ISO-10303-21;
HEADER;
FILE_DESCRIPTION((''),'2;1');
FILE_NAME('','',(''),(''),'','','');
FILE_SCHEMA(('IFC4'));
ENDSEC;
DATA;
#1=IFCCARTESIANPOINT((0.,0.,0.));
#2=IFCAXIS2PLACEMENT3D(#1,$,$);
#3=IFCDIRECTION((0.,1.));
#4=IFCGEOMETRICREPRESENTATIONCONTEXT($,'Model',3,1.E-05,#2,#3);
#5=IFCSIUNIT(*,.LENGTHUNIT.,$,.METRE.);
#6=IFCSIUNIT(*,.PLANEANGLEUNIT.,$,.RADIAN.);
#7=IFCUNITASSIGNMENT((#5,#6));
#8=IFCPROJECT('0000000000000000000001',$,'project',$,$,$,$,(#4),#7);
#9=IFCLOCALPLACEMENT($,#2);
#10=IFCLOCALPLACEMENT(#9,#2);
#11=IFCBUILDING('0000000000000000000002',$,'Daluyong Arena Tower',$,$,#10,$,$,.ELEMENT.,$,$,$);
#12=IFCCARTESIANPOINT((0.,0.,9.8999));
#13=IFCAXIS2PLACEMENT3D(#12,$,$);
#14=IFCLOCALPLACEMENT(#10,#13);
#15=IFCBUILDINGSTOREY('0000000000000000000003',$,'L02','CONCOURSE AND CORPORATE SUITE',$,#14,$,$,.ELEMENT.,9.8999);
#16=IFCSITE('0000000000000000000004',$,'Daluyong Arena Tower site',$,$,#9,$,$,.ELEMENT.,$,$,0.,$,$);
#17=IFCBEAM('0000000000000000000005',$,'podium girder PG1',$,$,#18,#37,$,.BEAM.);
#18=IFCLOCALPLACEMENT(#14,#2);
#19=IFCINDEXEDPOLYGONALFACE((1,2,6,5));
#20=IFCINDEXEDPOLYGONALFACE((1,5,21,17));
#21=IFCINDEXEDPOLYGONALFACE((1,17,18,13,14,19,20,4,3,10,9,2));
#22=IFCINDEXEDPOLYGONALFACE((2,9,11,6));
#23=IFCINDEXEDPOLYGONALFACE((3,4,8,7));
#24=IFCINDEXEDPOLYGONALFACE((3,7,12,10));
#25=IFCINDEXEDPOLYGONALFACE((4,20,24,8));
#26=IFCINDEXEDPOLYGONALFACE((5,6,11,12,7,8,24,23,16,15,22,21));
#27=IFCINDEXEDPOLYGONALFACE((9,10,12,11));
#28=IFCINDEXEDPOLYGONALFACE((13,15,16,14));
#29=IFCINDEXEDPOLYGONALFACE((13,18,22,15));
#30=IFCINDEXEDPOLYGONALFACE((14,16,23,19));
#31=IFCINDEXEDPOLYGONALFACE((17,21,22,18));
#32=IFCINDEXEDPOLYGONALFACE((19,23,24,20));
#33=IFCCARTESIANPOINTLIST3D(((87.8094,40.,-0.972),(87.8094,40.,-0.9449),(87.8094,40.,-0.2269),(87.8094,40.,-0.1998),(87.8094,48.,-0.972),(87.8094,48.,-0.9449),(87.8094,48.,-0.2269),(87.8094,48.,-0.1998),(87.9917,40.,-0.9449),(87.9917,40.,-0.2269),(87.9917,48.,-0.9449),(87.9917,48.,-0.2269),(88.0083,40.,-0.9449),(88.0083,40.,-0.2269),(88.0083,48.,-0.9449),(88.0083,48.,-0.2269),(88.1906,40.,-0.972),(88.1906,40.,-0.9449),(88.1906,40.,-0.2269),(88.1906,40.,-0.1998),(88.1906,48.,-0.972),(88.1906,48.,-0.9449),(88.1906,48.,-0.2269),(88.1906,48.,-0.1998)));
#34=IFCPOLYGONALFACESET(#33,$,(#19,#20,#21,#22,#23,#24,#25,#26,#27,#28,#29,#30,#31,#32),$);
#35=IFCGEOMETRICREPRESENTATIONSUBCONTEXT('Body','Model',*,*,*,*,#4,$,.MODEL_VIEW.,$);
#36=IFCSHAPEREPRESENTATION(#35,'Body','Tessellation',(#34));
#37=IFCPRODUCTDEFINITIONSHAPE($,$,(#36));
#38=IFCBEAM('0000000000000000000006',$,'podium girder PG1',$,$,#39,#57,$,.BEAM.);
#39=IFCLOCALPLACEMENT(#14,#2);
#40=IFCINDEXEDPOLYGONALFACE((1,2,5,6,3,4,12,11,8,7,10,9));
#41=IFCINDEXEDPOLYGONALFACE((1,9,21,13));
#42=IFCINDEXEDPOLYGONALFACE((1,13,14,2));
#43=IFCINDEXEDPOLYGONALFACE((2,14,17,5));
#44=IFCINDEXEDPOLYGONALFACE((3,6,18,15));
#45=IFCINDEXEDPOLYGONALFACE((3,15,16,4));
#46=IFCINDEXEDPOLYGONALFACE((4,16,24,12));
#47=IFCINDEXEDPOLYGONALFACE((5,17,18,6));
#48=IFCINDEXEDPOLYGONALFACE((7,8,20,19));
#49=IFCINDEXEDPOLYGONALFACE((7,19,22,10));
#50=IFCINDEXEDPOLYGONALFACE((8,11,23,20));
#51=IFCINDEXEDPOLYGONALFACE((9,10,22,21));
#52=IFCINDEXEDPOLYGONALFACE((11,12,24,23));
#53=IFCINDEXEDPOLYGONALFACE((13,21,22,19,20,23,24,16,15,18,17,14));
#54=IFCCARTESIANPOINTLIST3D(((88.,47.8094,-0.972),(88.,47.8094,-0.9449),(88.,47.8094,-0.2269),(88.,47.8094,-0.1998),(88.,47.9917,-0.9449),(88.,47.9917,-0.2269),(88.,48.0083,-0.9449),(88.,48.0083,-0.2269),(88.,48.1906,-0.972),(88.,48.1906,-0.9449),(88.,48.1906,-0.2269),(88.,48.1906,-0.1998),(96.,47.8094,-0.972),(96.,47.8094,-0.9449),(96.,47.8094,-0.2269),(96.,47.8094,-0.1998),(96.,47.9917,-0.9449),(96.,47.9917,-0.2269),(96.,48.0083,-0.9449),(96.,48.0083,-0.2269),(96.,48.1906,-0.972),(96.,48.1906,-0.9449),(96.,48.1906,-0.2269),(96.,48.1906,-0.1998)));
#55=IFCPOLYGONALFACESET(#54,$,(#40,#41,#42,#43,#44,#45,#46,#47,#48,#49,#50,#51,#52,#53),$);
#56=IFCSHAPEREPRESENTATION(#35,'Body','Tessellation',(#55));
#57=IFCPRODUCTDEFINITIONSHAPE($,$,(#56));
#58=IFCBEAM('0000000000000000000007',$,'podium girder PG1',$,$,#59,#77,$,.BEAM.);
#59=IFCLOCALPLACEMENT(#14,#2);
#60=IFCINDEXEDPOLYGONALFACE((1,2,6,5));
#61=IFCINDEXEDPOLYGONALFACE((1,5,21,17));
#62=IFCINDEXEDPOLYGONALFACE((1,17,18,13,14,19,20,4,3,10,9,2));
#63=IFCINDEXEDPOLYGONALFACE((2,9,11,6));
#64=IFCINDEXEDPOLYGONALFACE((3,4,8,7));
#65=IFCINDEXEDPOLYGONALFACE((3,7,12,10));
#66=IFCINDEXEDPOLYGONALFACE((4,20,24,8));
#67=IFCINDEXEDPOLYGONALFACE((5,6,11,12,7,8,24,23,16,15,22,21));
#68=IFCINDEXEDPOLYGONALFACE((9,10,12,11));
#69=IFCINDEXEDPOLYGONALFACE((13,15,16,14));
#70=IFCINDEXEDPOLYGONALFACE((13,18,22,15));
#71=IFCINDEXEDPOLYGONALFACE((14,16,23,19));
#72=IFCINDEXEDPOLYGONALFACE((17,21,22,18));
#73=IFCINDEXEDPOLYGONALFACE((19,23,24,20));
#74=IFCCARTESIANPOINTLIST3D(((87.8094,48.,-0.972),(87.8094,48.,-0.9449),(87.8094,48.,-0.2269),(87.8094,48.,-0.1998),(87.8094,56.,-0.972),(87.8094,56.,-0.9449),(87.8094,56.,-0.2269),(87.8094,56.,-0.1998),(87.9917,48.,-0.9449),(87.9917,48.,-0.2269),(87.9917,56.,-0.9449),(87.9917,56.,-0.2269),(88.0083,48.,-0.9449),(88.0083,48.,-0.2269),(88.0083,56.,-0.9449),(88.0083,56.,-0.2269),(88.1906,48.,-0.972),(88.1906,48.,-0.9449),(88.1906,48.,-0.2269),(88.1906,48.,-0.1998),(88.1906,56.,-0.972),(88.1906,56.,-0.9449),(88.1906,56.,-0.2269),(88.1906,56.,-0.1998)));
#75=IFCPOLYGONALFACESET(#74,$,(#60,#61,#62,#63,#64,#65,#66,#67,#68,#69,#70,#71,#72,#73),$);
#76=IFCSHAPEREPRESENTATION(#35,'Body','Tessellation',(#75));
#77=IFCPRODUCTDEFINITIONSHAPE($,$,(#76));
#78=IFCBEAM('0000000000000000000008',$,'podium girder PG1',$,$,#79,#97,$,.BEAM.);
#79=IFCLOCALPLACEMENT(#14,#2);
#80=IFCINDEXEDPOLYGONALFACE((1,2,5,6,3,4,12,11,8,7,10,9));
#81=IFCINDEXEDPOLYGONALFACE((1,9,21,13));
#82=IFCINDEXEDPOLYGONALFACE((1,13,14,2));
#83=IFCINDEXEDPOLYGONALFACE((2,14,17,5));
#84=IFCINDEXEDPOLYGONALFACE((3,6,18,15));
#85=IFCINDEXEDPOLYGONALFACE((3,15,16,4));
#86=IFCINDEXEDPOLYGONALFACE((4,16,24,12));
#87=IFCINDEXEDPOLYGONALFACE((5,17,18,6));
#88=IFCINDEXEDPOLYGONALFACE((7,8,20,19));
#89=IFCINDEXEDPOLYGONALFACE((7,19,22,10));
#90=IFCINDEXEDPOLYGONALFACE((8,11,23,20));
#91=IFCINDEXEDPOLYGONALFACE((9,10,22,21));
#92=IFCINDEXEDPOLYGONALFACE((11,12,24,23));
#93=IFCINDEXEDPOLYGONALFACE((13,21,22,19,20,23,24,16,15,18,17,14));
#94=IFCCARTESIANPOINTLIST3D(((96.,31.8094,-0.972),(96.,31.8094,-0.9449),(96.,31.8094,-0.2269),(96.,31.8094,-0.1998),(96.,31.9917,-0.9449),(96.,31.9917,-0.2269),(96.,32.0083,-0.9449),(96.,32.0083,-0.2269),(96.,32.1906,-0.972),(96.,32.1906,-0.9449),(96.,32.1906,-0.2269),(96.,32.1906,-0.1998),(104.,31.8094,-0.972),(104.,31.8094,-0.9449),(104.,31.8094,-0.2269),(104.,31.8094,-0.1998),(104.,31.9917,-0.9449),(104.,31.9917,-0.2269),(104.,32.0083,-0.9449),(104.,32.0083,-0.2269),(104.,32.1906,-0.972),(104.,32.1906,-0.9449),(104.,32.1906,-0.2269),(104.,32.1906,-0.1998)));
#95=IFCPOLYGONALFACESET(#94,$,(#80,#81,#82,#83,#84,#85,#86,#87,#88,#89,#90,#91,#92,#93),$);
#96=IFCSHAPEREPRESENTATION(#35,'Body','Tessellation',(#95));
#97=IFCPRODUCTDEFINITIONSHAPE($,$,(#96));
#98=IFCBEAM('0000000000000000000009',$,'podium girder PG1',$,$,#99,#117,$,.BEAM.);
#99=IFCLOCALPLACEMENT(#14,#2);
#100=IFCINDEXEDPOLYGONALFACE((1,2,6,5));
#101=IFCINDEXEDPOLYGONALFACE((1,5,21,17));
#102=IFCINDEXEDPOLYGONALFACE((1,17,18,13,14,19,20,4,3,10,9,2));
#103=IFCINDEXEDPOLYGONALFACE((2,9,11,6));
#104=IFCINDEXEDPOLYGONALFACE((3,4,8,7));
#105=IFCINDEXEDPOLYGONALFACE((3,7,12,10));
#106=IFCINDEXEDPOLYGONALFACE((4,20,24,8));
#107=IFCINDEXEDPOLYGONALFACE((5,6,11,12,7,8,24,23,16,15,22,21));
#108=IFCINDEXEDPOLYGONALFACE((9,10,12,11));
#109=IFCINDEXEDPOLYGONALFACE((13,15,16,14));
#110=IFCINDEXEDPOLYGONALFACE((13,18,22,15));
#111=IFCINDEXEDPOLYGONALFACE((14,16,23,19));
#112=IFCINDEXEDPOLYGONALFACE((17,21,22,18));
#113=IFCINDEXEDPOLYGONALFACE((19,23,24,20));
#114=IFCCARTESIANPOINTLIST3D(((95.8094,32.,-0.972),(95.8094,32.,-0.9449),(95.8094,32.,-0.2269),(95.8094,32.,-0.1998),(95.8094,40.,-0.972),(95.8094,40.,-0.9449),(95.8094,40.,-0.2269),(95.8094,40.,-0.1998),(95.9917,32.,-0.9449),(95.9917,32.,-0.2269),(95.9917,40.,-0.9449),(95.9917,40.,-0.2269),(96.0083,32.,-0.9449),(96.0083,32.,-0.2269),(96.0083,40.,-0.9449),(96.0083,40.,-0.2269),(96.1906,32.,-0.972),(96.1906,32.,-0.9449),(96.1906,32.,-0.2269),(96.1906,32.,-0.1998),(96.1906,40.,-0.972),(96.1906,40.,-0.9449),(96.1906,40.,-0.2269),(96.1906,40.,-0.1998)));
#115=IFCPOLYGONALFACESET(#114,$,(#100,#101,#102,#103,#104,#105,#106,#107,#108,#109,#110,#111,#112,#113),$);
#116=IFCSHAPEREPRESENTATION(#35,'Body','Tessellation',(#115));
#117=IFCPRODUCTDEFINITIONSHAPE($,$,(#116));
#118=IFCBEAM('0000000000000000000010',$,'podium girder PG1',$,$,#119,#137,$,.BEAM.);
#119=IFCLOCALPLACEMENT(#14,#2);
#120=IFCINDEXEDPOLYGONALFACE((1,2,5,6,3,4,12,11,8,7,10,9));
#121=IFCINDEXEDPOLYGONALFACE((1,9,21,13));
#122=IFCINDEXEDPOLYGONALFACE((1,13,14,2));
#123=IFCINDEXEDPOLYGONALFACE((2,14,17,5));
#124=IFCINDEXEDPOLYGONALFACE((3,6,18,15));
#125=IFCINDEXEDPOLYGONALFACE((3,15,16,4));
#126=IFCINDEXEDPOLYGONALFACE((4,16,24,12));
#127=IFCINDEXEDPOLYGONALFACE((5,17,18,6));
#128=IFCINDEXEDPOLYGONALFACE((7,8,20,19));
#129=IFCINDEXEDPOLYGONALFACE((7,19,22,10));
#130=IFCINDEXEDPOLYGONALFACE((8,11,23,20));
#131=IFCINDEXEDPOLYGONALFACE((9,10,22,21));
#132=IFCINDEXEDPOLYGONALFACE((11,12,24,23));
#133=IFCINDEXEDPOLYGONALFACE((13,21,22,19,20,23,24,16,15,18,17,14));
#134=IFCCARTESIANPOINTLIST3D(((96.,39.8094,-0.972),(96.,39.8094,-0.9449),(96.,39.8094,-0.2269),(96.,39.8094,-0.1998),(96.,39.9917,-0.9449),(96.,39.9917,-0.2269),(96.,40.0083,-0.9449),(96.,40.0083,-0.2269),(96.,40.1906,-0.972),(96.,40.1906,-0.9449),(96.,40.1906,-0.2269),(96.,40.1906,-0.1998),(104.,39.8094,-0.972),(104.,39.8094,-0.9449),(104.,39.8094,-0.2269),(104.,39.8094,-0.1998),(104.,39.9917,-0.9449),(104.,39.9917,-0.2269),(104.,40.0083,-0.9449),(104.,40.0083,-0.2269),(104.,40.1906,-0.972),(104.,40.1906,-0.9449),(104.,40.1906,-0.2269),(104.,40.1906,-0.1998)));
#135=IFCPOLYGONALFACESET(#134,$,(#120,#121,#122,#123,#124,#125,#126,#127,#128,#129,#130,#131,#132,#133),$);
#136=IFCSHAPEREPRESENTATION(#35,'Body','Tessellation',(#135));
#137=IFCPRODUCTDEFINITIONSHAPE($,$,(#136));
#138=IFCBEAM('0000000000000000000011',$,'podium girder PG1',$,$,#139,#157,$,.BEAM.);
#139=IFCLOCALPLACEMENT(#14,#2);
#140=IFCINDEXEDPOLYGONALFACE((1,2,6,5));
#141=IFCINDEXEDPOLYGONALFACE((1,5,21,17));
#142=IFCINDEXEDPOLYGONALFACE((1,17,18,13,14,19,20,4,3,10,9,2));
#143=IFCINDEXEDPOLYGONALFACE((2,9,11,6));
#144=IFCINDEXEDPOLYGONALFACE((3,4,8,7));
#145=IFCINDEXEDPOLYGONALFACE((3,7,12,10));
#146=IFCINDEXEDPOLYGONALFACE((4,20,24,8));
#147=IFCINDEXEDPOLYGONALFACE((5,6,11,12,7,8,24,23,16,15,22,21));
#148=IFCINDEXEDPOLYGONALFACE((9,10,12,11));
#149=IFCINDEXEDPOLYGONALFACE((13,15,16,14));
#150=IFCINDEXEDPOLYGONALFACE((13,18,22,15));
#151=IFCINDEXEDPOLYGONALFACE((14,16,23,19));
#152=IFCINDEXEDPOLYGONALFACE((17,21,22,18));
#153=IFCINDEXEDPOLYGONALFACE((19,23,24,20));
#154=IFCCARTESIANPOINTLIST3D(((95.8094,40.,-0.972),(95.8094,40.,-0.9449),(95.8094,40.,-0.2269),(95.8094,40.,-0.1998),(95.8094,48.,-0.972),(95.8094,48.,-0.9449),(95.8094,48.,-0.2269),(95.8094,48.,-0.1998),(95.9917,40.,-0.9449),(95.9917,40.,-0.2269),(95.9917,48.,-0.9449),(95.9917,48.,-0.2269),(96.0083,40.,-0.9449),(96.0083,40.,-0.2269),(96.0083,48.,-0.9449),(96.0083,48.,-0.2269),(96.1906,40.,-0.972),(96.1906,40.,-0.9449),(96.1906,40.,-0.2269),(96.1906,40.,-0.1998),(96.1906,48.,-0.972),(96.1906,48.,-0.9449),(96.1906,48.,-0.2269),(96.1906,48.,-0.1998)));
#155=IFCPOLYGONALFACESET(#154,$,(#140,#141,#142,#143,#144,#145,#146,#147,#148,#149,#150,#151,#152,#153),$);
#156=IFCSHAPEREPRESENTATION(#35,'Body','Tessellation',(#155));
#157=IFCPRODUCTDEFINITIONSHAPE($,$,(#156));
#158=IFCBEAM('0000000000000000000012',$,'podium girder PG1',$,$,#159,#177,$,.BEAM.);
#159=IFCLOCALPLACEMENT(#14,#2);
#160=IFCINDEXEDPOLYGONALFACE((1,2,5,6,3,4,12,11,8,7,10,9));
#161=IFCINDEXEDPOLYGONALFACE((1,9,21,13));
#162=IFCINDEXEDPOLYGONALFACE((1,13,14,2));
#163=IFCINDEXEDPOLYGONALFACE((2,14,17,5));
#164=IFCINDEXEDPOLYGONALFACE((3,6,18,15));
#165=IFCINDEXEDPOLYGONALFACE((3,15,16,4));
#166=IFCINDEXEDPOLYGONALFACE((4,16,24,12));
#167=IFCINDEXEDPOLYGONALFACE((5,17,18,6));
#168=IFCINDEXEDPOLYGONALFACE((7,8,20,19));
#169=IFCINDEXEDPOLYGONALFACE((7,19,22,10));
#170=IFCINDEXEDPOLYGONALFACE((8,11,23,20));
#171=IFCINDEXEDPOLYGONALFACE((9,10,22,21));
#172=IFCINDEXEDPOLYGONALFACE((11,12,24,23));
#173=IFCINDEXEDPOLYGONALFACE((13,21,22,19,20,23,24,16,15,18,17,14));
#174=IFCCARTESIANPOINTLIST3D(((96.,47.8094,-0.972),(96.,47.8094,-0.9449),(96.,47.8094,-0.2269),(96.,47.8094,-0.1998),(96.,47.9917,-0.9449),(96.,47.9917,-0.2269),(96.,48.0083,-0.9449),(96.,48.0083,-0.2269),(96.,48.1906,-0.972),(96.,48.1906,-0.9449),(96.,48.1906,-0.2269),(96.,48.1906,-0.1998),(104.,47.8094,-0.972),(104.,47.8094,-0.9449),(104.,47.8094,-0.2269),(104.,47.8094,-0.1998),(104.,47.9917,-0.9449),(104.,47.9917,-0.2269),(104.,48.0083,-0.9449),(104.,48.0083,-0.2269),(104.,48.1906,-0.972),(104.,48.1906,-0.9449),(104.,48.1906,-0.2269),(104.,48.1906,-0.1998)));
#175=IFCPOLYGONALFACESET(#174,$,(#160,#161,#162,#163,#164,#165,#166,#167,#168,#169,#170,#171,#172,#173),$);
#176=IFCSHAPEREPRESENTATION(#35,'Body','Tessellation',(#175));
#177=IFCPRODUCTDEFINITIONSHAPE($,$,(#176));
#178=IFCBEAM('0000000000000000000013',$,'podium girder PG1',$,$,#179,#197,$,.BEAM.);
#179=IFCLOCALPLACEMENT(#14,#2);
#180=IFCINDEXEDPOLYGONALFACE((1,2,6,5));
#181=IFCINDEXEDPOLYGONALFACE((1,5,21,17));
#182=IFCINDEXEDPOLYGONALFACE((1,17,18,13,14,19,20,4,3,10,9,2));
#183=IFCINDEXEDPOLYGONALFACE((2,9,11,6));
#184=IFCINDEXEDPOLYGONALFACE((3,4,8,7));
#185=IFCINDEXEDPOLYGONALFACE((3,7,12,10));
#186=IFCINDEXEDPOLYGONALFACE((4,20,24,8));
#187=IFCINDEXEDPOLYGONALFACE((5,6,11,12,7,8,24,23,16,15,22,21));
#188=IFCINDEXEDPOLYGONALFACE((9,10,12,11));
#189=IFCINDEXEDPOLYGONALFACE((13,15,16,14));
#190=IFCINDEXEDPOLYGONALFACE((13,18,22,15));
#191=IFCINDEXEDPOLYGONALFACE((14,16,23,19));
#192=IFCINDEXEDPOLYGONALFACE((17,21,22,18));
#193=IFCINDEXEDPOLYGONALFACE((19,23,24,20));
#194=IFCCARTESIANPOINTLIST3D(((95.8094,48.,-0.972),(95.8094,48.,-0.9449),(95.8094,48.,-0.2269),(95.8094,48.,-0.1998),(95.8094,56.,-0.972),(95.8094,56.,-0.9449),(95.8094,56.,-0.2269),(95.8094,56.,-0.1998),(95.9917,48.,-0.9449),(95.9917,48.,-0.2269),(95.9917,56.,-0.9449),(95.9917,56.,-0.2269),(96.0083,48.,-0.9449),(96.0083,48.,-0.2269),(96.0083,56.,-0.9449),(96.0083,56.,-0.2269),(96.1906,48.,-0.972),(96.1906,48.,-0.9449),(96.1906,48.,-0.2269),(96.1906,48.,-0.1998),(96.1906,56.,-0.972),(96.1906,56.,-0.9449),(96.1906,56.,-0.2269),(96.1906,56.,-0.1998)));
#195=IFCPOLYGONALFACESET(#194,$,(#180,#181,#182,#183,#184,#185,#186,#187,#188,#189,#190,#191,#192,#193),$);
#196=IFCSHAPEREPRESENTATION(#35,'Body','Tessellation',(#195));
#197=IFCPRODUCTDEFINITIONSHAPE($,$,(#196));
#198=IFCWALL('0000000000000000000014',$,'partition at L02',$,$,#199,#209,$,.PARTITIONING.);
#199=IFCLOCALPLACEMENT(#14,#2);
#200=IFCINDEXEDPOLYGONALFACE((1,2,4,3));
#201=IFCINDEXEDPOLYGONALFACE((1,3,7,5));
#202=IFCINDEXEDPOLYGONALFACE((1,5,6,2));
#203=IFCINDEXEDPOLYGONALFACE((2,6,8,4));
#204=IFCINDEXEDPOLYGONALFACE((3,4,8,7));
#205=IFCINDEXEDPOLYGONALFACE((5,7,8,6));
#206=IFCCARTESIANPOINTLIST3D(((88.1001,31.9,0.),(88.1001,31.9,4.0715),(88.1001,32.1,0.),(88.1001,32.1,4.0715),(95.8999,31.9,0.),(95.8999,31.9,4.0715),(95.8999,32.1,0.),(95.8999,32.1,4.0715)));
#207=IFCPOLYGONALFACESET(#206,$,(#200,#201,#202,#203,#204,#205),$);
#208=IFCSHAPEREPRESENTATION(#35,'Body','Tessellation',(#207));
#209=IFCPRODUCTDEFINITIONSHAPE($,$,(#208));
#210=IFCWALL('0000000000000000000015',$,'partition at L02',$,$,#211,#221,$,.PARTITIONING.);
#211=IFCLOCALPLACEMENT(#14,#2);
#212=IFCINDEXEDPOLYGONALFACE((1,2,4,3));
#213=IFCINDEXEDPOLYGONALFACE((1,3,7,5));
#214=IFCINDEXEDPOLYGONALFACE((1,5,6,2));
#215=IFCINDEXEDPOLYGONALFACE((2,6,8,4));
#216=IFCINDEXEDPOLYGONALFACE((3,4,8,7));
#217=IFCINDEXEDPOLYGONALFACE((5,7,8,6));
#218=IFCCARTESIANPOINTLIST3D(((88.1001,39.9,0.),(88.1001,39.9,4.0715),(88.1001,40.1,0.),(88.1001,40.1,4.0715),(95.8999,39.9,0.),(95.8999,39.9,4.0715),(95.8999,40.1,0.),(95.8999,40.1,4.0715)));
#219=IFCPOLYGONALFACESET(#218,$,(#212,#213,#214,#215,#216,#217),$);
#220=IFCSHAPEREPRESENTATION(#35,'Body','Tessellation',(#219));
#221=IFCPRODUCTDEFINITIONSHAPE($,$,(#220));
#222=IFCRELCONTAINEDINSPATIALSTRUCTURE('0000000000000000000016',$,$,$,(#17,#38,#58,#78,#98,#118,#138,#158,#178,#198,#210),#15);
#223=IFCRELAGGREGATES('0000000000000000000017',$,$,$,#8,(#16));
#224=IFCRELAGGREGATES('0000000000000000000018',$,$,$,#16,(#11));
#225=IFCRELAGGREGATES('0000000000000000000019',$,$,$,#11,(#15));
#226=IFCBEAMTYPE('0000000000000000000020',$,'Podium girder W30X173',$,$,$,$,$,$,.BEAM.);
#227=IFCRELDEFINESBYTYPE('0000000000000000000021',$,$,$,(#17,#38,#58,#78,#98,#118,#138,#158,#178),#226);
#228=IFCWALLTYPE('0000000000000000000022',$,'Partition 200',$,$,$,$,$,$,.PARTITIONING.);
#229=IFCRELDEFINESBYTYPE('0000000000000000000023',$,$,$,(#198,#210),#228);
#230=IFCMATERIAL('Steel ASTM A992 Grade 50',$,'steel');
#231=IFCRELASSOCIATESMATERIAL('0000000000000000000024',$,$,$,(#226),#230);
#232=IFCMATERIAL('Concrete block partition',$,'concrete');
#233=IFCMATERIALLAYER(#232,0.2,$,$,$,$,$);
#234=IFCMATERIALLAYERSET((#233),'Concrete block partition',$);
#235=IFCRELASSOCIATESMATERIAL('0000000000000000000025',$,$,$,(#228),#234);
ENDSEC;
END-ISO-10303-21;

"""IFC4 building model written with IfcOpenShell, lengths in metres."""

from ifc_helpers import new_model, si_unit, direction, frame, frame_2d, origin, origin_2d, place, context, subcontext, project, spatial, rectangle, i_section, extrude, material, layer, layer_set, material_profile, profile_set, type_object, element, save


model = new_model("IFC4")

# Units and contexts
model_context = context("Model", 3, precision=1e-05, world=origin(), true_north=direction((0.0, 1.0)))
body_context = subcontext(model_context, "Body", "Model", "MODEL_VIEW")
ifc_project = project(units=[si_unit("LENGTHUNIT", "METRE"), si_unit("PLANEANGLEUNIT", "RADIAN")], contexts=[model_context])

# Site, building, storey
site_placement = place(None, origin())
site = spatial("IfcSite", under=ifc_project, at=site_placement, Name="Daluyong Arena Tower site", CompositionType="ELEMENT", RefElevation=0.0)
building_placement = place(site_placement, origin())
building = spatial("IfcBuilding", under=site, at=building_placement, Name="Daluyong Arena Tower", CompositionType="ELEMENT")
storey_placement = place(building_placement, frame((0.0, 0.0, 9.8999)))
storey = spatial("IfcBuildingStorey", under=building, at=storey_placement, Name="L02", Description="CONCOURSE AND CORPORATE SUITE", CompositionType="ELEMENT", Elevation=9.8999)

# Beams
ifc_material_1 = material(Name="Steel ASTM A992 Grade 50", Category="steel")
ifc_material_profile_1 = material_profile(ifc_material_1, i_section(OverallWidth=0.3811, OverallDepth=0.7722, WebThickness=0.0166, FlangeThickness=0.0271, at=origin_2d()))
ifc_profile_set_1 = profile_set([ifc_material_profile_1], Name="Steel ASTM A992 Grade 50")
beam_type_1 = type_object("IfcBeamType", Name="Podium girder W30X173", PredefinedType="BEAM", material=ifc_profile_set_1)
for number, where, z_axis, x_axis, name in (
    (1, (88.0, 40.0, -0.5859), (0.0, 1.0, 0.0), (-1.0, 0.0, 0.0), "podium girder PG1"),
    (2, (88.0, 48.0, -0.5859), (1.0, 0.0, 0.0), (0.0, 1.0, 0.0), "podium girder PG1"),
    (3, (88.0, 48.0, -0.5859), (0.0, 1.0, 0.0), (-1.0, 0.0, 0.0), "podium girder PG1"),
    (4, (96.0, 32.0, -0.5859), (1.0, 0.0, 0.0), (0.0, 1.0, 0.0), "podium girder PG1"),
    (5, (96.0, 32.0, -0.5859), (0.0, 1.0, 0.0), (-1.0, 0.0, 0.0), "podium girder PG1"),
    (6, (96.0, 40.0, -0.5859), (1.0, 0.0, 0.0), (0.0, 1.0, 0.0), "podium girder PG1"),
    (7, (96.0, 40.0, -0.5859), (0.0, 1.0, 0.0), (-1.0, 0.0, 0.0), "podium girder PG1"),
    (8, (96.0, 48.0, -0.5859), (1.0, 0.0, 0.0), (0.0, 1.0, 0.0), "podium girder PG1"),
    (9, (96.0, 48.0, -0.5859), (0.0, 1.0, 0.0), (-1.0, 0.0, 0.0), "podium girder PG1"),
):
    element("IfcBeam", number, at=place(storey_placement, frame(where, z_axis=z_axis, x_axis=x_axis)), inside=storey, type_object=beam_type_1, Name=name, PredefinedType="BEAM", context=body_context, shape_type="SweptSolid", body=[
        extrude(i_section(OverallWidth=0.3811, OverallDepth=0.7722, WebThickness=0.0166, FlangeThickness=0.0271, at=origin_2d()), origin(), (0.0, 0.0, 1.0), 8.0),
    ])

# Walls
ifc_material_2 = material(Name="Concrete block partition", Category="concrete")
ifc_layer = layer(ifc_material_2, 0.2)
ifc_layer_set = layer_set([ifc_layer], Name="Concrete block partition")
wall_type = type_object("IfcWallType", Name="Partition 200", PredefinedType="PARTITIONING", material=ifc_layer_set)
for number, where, z_axis, x_axis, name in (
    (10, (88.1001, 32.0, 0.0), (0.0, 0.0, 1.0), (1.0, 0.0, 0.0), "partition at L02"),
    (11, (88.1001, 40.0, 0.0), (0.0, 0.0, 1.0), (1.0, 0.0, 0.0), "partition at L02"),
):
    element("IfcWall", number, at=place(storey_placement, frame(where, z_axis=z_axis, x_axis=x_axis)), inside=storey, type_object=wall_type, Name=name, PredefinedType="PARTITIONING", context=body_context, shape_type="SweptSolid", body=[
        extrude(rectangle(XDim=7.7998, YDim=0.2, at=frame_2d((3.8999, 0.0))), origin(), (0.0, 0.0, 1.0), 4.0715),
    ])

save(model, "model.ifc")
